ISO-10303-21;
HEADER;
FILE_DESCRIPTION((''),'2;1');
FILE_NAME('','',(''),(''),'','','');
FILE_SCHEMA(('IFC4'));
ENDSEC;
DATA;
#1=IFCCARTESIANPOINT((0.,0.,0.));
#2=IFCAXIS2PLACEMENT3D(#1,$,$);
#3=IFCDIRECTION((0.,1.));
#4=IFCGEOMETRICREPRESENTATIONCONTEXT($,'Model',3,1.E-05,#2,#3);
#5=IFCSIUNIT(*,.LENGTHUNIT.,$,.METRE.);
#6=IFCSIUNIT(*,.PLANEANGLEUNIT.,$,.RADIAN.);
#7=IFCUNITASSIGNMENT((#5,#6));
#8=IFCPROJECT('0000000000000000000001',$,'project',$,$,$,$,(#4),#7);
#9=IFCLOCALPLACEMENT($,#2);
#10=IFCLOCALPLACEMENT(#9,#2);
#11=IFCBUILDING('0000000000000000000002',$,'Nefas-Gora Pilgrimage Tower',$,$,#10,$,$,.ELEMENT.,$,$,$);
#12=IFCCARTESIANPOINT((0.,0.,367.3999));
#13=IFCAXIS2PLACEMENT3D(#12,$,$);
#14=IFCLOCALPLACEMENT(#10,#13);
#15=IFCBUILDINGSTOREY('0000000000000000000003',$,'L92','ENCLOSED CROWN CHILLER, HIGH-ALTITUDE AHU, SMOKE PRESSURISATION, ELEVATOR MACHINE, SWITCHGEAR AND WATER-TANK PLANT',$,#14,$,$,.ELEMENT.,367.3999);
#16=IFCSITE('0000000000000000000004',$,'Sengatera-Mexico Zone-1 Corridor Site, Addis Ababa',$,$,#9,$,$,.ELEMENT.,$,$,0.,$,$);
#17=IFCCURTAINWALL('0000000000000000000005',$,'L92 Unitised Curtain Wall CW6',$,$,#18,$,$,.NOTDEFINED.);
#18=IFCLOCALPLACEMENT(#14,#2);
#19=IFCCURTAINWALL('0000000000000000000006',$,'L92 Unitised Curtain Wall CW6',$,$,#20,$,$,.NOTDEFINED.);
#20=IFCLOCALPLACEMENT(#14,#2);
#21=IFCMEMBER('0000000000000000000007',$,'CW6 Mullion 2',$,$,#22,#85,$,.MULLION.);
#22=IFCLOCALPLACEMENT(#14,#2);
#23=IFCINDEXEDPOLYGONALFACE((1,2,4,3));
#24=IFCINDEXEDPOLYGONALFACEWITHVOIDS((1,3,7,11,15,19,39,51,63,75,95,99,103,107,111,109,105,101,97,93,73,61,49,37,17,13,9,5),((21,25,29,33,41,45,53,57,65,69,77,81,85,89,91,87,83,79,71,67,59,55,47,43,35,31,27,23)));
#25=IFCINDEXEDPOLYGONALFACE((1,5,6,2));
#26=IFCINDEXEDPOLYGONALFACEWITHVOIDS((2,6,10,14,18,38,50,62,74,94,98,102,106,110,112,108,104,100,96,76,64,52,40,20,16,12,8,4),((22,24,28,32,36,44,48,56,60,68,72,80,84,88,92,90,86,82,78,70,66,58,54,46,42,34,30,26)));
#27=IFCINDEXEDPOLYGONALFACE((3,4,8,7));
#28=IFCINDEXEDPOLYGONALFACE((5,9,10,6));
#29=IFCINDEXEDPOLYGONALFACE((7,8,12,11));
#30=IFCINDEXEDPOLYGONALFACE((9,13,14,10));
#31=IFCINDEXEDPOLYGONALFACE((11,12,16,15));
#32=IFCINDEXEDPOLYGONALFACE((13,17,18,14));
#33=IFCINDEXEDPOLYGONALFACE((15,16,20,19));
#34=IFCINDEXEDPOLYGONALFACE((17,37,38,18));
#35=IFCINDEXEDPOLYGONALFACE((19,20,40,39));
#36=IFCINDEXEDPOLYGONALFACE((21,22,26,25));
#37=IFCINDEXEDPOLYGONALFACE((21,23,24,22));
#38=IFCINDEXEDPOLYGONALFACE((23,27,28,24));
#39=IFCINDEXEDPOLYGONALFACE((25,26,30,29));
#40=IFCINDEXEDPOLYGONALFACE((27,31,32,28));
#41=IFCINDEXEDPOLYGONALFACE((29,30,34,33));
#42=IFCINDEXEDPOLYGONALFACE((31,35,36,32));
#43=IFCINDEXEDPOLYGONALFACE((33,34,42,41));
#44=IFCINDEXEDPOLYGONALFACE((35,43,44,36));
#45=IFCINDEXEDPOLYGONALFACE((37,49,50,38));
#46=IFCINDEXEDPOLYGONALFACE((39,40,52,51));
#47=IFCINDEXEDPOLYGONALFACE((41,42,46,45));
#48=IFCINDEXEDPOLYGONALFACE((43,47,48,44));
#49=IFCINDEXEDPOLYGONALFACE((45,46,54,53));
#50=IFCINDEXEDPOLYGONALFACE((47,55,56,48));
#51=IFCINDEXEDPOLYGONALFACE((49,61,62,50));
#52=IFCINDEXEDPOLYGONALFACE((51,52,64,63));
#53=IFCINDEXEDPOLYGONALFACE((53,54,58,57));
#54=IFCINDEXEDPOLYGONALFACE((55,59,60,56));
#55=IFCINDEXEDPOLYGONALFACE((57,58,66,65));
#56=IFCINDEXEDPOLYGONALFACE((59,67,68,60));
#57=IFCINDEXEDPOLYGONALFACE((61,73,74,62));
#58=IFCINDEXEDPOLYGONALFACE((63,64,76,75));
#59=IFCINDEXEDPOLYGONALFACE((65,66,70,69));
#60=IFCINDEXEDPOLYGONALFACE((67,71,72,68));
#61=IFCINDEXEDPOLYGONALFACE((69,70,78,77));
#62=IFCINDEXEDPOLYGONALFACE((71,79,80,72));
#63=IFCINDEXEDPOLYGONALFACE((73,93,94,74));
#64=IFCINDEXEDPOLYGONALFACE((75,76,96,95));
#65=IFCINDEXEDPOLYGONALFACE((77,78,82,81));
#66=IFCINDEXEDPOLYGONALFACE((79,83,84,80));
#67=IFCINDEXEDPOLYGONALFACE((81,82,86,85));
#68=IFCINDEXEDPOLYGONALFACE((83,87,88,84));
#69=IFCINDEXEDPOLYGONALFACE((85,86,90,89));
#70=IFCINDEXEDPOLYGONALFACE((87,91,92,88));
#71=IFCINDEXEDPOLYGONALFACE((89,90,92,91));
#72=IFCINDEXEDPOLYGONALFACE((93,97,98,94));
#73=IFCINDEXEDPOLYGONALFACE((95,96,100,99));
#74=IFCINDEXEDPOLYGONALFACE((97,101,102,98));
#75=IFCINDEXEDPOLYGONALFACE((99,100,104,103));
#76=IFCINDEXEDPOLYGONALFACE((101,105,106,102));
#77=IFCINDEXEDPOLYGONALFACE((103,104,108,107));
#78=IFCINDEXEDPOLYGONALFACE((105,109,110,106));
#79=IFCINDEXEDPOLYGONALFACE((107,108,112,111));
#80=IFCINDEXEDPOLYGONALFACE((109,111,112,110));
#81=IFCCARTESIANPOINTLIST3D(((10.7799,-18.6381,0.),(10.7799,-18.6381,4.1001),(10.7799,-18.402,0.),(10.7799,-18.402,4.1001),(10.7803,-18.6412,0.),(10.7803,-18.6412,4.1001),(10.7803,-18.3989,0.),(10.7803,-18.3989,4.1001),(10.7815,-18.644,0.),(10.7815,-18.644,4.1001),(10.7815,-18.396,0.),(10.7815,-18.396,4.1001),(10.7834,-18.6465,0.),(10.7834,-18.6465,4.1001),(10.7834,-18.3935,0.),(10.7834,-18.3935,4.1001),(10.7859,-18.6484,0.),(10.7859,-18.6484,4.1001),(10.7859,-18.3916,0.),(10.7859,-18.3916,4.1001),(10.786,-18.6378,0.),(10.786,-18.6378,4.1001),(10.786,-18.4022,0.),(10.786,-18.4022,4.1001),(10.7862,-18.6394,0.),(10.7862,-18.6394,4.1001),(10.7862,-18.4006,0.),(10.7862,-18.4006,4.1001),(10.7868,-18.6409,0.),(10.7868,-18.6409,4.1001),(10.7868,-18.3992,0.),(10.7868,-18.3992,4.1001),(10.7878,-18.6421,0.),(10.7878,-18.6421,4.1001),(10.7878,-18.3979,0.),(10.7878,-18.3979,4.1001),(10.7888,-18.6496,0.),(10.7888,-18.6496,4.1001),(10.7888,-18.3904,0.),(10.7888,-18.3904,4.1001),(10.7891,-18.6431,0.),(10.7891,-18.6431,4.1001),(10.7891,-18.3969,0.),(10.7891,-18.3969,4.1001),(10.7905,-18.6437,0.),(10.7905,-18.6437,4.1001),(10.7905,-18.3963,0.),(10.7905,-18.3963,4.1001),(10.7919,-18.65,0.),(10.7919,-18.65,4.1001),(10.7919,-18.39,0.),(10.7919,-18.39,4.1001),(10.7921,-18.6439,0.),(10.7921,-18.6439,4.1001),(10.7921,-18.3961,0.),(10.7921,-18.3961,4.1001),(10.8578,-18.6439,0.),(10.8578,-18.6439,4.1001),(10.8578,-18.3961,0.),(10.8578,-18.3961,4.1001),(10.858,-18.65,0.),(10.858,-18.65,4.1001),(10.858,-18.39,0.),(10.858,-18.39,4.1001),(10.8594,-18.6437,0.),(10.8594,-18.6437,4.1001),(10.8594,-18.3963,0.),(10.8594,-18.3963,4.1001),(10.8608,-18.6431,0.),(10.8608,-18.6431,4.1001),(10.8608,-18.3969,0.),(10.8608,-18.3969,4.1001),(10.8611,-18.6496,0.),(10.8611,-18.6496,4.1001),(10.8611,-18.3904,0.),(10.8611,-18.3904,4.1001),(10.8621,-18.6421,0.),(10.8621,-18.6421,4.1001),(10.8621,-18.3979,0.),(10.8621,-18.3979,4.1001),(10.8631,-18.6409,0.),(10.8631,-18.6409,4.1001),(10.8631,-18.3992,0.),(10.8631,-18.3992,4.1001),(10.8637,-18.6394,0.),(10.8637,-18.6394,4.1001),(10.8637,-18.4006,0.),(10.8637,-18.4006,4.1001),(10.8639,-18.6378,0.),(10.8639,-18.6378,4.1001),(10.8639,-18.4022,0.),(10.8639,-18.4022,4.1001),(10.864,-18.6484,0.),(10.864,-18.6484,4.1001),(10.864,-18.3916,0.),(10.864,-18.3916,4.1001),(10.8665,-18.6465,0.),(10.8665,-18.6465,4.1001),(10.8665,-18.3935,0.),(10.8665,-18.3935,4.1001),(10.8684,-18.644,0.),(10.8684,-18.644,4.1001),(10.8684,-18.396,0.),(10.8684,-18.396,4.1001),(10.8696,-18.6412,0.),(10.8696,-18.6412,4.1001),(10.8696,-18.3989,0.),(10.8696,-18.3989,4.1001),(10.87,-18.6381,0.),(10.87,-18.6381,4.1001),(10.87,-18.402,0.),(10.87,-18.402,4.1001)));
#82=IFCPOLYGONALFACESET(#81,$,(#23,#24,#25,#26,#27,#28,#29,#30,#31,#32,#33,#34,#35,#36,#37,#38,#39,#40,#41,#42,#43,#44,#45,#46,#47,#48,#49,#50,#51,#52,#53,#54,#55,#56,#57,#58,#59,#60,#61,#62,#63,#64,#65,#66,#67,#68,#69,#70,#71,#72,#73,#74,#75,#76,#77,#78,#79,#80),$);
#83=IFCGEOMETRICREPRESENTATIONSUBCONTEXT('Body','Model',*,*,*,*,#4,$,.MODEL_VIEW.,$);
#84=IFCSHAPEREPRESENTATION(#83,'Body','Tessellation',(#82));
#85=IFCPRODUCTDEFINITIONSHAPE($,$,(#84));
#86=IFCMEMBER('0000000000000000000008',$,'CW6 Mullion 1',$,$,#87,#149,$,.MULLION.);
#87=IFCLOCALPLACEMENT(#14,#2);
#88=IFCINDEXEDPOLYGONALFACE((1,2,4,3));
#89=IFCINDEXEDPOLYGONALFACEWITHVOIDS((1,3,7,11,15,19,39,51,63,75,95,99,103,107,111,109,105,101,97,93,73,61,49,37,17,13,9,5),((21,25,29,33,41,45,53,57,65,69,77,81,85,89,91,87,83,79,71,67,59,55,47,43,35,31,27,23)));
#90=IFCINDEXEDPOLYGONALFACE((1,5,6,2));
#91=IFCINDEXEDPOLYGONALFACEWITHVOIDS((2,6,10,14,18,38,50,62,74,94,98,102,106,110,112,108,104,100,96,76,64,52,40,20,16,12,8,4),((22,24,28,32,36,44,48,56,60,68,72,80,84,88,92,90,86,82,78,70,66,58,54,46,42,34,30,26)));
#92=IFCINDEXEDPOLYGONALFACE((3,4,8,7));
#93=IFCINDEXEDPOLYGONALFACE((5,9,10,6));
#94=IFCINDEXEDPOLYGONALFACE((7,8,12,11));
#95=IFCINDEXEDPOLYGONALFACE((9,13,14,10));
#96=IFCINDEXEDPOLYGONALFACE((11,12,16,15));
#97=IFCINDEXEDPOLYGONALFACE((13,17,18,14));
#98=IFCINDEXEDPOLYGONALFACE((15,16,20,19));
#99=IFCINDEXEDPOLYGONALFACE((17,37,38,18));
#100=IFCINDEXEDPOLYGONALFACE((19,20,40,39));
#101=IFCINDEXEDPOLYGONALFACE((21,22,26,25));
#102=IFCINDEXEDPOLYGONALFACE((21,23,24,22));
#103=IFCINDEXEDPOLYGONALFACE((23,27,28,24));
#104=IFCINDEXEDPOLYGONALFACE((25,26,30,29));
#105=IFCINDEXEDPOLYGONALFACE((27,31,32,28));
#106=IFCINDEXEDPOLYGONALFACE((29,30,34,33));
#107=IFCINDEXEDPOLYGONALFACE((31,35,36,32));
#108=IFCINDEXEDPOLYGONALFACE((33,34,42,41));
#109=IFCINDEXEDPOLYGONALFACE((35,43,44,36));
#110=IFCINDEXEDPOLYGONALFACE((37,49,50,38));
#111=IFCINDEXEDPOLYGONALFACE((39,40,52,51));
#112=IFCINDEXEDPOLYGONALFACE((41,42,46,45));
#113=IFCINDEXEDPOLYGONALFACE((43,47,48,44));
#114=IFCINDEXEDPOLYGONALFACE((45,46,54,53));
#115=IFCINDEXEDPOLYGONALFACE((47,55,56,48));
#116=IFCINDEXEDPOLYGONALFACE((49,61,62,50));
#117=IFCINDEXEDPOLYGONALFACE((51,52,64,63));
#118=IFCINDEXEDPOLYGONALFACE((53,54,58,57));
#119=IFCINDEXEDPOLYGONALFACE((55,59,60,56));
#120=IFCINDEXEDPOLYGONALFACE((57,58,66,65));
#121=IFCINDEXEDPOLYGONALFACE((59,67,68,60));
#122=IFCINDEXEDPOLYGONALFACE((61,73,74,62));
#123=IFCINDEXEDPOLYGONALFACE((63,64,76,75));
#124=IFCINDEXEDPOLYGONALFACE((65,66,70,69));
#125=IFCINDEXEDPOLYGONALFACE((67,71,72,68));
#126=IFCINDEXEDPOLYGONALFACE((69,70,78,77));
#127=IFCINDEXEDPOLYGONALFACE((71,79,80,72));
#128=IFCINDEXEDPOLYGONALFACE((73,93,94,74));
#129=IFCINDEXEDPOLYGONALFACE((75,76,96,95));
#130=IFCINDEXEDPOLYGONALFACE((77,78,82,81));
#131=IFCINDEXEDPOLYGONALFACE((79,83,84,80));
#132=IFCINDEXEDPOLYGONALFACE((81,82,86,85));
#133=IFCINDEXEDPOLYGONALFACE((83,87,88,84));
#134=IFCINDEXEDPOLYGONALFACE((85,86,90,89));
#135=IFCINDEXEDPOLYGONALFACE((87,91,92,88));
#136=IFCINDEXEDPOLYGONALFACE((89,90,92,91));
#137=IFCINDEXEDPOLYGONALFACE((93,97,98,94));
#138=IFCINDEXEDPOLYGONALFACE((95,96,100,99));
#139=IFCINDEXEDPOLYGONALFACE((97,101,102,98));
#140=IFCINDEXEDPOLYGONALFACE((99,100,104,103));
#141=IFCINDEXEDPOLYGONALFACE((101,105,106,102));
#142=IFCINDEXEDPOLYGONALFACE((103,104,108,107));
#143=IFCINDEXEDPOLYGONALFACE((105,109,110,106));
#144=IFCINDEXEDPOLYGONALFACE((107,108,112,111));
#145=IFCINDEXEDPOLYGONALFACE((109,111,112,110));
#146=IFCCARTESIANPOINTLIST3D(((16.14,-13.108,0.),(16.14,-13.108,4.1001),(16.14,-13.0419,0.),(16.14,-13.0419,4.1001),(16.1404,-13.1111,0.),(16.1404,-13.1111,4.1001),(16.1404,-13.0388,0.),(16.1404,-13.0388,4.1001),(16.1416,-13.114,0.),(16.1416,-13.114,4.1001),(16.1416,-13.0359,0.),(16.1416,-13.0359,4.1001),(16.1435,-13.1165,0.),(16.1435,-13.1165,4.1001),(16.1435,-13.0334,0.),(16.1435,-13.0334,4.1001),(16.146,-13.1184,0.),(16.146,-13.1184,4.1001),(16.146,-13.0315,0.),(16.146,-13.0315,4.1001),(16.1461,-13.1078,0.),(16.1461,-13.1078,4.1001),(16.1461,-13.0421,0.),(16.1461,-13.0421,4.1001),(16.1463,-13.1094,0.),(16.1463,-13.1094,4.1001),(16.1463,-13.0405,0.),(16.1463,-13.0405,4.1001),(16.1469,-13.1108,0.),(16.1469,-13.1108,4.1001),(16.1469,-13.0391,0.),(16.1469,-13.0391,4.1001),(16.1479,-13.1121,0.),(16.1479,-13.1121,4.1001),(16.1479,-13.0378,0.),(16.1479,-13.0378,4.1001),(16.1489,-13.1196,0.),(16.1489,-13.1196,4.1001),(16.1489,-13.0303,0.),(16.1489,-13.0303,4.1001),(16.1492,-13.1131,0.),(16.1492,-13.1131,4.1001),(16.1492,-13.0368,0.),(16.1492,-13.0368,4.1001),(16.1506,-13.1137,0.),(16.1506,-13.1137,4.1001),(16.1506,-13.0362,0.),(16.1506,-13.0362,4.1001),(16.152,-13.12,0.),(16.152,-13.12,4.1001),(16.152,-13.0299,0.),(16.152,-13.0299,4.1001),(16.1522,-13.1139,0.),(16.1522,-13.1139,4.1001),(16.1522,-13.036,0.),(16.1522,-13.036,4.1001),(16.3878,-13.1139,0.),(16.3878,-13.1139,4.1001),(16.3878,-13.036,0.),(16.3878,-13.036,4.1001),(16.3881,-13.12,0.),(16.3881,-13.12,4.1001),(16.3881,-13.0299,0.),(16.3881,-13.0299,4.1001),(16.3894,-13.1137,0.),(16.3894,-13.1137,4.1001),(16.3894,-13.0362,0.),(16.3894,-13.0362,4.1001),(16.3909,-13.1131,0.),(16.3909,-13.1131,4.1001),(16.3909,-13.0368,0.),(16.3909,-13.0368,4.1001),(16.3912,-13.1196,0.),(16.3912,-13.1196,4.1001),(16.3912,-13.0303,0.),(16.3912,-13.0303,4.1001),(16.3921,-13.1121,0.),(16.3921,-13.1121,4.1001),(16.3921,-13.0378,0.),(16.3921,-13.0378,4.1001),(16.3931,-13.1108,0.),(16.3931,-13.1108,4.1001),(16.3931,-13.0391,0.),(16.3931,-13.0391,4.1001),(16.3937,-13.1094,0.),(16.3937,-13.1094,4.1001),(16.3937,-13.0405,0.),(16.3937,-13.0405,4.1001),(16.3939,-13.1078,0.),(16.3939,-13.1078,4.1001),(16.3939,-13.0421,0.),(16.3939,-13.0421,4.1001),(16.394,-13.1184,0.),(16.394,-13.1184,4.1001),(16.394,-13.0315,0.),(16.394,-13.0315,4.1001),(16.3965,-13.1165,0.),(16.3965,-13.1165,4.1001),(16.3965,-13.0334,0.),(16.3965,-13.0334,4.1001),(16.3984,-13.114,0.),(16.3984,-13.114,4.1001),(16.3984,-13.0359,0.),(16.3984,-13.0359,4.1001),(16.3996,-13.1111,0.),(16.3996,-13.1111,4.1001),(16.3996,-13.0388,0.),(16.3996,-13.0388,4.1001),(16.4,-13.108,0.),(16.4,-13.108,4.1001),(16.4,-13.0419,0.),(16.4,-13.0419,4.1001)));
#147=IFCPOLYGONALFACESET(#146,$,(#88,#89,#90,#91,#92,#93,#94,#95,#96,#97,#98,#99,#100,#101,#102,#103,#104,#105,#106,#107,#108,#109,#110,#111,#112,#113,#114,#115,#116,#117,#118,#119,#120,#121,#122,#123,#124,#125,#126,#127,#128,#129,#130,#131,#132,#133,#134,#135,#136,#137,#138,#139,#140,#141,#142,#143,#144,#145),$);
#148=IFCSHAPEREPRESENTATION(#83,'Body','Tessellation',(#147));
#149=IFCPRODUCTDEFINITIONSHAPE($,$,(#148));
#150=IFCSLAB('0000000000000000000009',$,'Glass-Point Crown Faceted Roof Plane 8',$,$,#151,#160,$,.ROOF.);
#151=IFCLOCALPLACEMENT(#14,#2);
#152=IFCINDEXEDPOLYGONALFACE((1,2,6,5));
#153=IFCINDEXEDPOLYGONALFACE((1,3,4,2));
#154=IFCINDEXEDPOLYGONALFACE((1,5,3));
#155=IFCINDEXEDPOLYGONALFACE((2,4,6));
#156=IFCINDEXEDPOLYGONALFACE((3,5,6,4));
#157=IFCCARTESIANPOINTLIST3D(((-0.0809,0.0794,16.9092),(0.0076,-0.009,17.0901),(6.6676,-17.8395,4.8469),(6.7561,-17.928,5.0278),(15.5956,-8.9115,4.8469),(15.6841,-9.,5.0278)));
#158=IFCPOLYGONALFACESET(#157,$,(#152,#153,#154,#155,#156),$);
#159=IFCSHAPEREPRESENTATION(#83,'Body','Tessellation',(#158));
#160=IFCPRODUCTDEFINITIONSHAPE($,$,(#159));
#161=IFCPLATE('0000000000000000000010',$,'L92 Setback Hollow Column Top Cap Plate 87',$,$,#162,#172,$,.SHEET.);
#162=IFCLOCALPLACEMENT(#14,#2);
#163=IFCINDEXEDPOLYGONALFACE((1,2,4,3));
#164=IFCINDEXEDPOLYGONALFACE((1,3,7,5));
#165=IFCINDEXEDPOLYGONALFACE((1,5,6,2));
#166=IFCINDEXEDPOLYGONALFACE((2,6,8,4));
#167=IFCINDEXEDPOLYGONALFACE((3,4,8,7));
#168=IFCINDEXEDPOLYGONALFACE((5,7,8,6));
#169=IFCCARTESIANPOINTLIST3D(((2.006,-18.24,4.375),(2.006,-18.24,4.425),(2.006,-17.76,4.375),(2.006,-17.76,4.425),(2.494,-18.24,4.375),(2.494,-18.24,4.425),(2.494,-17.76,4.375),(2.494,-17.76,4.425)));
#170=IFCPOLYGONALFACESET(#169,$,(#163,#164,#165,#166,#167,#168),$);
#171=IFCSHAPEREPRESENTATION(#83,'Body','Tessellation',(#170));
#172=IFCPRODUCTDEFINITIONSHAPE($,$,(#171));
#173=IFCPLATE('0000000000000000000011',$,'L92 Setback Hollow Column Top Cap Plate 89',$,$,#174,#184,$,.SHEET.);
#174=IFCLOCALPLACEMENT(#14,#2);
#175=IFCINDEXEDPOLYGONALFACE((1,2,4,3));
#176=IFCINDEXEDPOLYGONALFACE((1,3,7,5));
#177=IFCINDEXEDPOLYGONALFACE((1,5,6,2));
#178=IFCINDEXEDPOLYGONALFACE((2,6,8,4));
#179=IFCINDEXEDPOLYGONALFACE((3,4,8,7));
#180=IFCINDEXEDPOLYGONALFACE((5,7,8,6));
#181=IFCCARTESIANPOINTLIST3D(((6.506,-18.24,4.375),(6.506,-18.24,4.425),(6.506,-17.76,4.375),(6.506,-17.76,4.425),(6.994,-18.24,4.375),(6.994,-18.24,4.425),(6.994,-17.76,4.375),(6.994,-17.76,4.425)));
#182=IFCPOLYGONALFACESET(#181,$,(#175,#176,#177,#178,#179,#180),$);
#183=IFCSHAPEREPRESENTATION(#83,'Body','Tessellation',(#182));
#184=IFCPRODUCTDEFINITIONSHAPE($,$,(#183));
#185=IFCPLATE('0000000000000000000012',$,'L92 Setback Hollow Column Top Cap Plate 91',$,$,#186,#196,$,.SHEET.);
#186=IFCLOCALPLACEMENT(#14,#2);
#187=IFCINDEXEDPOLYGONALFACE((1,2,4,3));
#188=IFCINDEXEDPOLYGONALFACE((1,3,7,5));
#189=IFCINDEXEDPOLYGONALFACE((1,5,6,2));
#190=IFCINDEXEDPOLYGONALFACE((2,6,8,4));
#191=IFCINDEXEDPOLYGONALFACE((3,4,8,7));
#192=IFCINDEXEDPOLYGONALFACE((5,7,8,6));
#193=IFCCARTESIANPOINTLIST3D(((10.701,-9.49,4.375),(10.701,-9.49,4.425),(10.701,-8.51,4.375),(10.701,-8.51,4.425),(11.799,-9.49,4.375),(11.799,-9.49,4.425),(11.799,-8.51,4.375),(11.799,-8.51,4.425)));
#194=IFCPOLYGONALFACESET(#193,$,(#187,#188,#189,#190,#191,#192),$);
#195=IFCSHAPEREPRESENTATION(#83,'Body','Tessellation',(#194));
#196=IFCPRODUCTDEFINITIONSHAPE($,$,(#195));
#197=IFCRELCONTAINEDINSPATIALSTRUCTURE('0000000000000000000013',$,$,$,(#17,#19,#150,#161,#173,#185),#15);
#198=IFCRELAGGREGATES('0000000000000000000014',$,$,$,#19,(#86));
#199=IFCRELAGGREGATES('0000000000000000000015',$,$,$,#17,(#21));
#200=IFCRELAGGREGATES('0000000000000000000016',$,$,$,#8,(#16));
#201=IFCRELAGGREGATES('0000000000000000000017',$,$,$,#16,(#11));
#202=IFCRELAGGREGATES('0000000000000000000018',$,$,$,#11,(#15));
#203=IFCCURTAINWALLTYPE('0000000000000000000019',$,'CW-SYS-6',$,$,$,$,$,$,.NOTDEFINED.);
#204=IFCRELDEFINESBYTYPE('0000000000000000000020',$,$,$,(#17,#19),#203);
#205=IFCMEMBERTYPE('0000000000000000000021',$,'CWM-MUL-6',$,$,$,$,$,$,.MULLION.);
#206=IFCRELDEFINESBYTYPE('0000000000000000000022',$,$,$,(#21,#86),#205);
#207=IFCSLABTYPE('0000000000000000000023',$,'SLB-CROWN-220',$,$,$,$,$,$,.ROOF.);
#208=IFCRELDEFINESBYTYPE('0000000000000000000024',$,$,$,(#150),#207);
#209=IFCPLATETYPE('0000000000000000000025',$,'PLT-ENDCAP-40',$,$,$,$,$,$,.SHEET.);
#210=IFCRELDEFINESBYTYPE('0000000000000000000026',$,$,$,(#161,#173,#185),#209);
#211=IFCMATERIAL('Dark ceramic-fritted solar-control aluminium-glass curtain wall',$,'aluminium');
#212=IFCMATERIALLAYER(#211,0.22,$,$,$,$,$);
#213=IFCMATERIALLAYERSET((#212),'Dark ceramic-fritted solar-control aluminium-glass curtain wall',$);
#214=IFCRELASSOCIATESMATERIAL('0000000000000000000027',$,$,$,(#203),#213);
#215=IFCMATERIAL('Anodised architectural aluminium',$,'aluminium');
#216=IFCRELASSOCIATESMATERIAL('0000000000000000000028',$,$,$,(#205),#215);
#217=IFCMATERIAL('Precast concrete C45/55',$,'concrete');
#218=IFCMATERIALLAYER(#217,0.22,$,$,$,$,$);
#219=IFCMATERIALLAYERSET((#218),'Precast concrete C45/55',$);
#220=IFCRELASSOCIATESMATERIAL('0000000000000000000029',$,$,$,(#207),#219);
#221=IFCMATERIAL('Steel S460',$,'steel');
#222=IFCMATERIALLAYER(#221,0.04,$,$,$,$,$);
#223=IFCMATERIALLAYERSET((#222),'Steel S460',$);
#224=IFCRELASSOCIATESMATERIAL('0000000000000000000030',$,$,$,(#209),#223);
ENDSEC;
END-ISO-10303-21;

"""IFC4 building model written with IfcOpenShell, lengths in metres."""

from ifc_helpers import new_model, si_unit, direction, frame, origin, origin_2d, place, context, subcontext, project, spatial, polyline, rectangle, hollow_rectangle, outline, extrude, source, transform, mapped, material, layer, layer_set, material_profile, profile_set, type_object, element, aggregate, save


model = new_model("IFC4")

# Units and contexts
model_context = context("Model", 3, precision=1e-05, world=origin(), true_north=direction((0.0, 1.0)))
body_context = subcontext(model_context, "Body", "Model", "MODEL_VIEW")
ifc_project = project(units=[si_unit("LENGTHUNIT", "METRE"), si_unit("PLANEANGLEUNIT", "RADIAN")], contexts=[model_context])

# Site, building, storey
site_placement = place(None, origin())
site = spatial("IfcSite", under=ifc_project, at=site_placement, Name="Sengatera-Mexico Zone-1 Corridor Site, Addis Ababa", CompositionType="ELEMENT", RefElevation=0.0)
building_placement = place(site_placement, origin())
building = spatial("IfcBuilding", under=site, at=building_placement, Name="Nefas-Gora Pilgrimage Tower", CompositionType="ELEMENT")
storey_placement = place(building_placement, frame((0.0, 0.0, 367.3999)))
storey = spatial("IfcBuildingStorey", under=building, at=storey_placement, Name="L92", Description="ENCLOSED CROWN CHILLER, HIGH-ALTITUDE AHU, SMOKE PRESSURISATION, ELEVATOR MACHINE, SWITCHGEAR AND WATER-TANK PLANT", CompositionType="ELEMENT", Elevation=367.3999)

# Shared definitions
ifc_material_1 = material(Name="Steel S460", Category="steel")

# Curtain walls
ifc_material_2 = material(Name="Dark ceramic-fritted solar-control aluminium-glass curtain wall", Category="aluminium")
ifc_layer_1 = layer(ifc_material_2, 0.22)
ifc_layer_set_1 = layer_set([ifc_layer_1], Name="Dark ceramic-fritted solar-control aluminium-glass curtain wall")
curtain_wall_type = type_object("IfcCurtainWallType", Name="CW-SYS-6", PredefinedType="NOTDEFINED", material=ifc_layer_set_1)
curtain_wall_1_placement = place(storey_placement, origin())
curtain_wall_1 = element("IfcCurtainWall", 1, at=curtain_wall_1_placement, inside=storey, type_object=curtain_wall_type, Name="L92 Unitised Curtain Wall CW6", PredefinedType="NOTDEFINED")
ifc_material_3 = material(Name="Anodised architectural aluminium", Category="aluminium")
curtain_wall_2_placement = place(storey_placement, origin())
curtain_wall_2 = element("IfcCurtainWall", 2, at=curtain_wall_2_placement, inside=storey, type_object=curtain_wall_type, Name="L92 Unitised Curtain Wall CW6", PredefinedType="NOTDEFINED")

# Members
ifc_material_profile_1 = material_profile(ifc_material_3, hollow_rectangle(XDim=0.0901, YDim=0.26, WallThickness=0.0061, InnerFilletRadius=0.0061, OuterFilletRadius=0.012, at=origin_2d()), Name="ALU MULLION 90x260")
ifc_profile_set_1 = profile_set([ifc_material_profile_1], Name="Anodised architectural aluminium")
member_type_1 = type_object("IfcMemberType", Name="CWM-MUL-6", PredefinedType="MULLION", material=ifc_profile_set_1)
shared_shape_1 = source(origin(), body_context, "Body", "SweptSolid", [
    extrude(hollow_rectangle(XDim=0.0901, YDim=0.26, WallThickness=0.0061, InnerFilletRadius=0.0061, OuterFilletRadius=0.012, at=origin_2d()), origin(), (0.0, 0.0, 1.0), 4.1001),
])
member_1_placement = place(storey_placement, frame((10.825, -18.52, 0.0), z_axis=(0.0, 0.0, 1.0), x_axis=(1.0, 0.0, 0.0)))
member_1 = element("IfcMember", 3, at=member_1_placement, type_object=member_type_1, Name="CW6 Mullion 2", PredefinedType="MULLION", context=body_context, shape_type="MappedRepresentation", body=[
    mapped(shared_shape_1, transform((0.0, 0.0, 0.0), x_axis=(1.0, 0.0, 0.0), y_axis=(0.0, 1.0, 0.0), z_axis=(0.0, 0.0, 1.0), scale=1.0)),
])
member_2_placement = place(storey_placement, frame((16.27, -13.075, 0.0), z_axis=(0.0, 0.0, 1.0), x_axis=(0.0, 1.0, 0.0)))
member_2 = element("IfcMember", 4, at=member_2_placement, type_object=member_type_1, Name="CW6 Mullion 1", PredefinedType="MULLION", context=body_context, shape_type="MappedRepresentation", body=[
    mapped(shared_shape_1, transform((0.0, 0.0, 0.0), x_axis=(1.0, 0.0, 0.0), y_axis=(0.0, 1.0, 0.0), z_axis=(0.0, 0.0, 1.0), scale=1.0)),
])
aggregate(curtain_wall_2, [member_2])

# Slab
ifc_material_4 = material(Name="Precast concrete C45/55", Category="concrete")
ifc_layer_2 = layer(ifc_material_4, 0.22)
ifc_layer_set_2 = layer_set([ifc_layer_2], Name="Precast concrete C45/55")
slab_type = type_object("IfcSlabType", Name="SLB-CROWN-220", PredefinedType="ROOF", material=ifc_layer_set_2)
slab_placement = place(storey_placement, frame((6.7561, -17.928, 5.0278), z_axis=(0.402191, -0.402191, 0.822487), x_axis=(0.707107, 0.707107, 0.0)))
element("IfcSlab", 5, at=slab_placement, inside=storey, type_object=slab_type, Name="Glass-Point Crown Faceted Roof Plane 8", PredefinedType="ROOF", context=body_context, shape_type="SweptSolid", body=[
    extrude(outline(polyline([(0.0, 0.0), (12.6261, 0.0), (7.8987, 21.2071), (0.0, 0.0)])), origin(), (0.0, 0.0, -1.0), 0.22),
])

# Plates
ifc_layer_3 = layer(ifc_material_1, 0.04)
ifc_layer_set_3 = layer_set([ifc_layer_3], Name="Steel S460")
plate_type_1 = type_object("IfcPlateType", Name="PLT-ENDCAP-40", PredefinedType="SHEET", material=ifc_layer_set_3)
shared_shape_2 = source(origin(), body_context, "Body", "SweptSolid", [
    extrude(rectangle(XDim=0.488, YDim=0.48, at=origin_2d()), origin(), (0.0, 0.0, 1.0), 0.05),
])
for number, where, z_axis, x_axis, name in (
    (6, (2.25, -18.0, 4.375), (0.0, 0.0, 1.0), (1.0, 0.0, 0.0), "L92 Setback Hollow Column Top Cap Plate 87"),
    (7, (6.75, -18.0, 4.375), (0.0, 0.0, 1.0), (1.0, 0.0, 0.0), "L92 Setback Hollow Column Top Cap Plate 89"),
):
    element("IfcPlate", number, at=place(storey_placement, frame(where, z_axis=z_axis, x_axis=x_axis)), inside=storey, type_object=plate_type_1, Name=name, PredefinedType="SHEET", context=body_context, shape_type="MappedRepresentation", body=[
        mapped(shared_shape_2, transform((0.0, 0.0, 0.0), x_axis=(1.0, 0.0, 0.0), y_axis=(0.0, 1.0, 0.0), z_axis=(0.0, 0.0, 1.0), scale=1.0)),
    ])
shared_shape_3 = source(origin(), body_context, "Body", "SweptSolid", [
    extrude(rectangle(XDim=1.0979, YDim=0.98, at=origin_2d()), origin(), (0.0, 0.0, 1.0), 0.05),
])
plate_1_placement = place(storey_placement, frame((11.25, -9.0, 4.375), z_axis=(0.0, 0.0, 1.0), x_axis=(1.0, 0.0, 0.0)))
element("IfcPlate", 8, at=plate_1_placement, inside=storey, type_object=plate_type_1, Name="L92 Setback Hollow Column Top Cap Plate 91", PredefinedType="SHEET", context=body_context, shape_type="MappedRepresentation", body=[
    mapped(shared_shape_3, transform((0.0, 0.0, 0.0), x_axis=(1.0, 0.0, 0.0), y_axis=(0.0, 1.0, 0.0), z_axis=(0.0, 0.0, 1.0), scale=1.0)),
])

aggregate(curtain_wall_1, [member_1])

save(model, "model.ifc")
